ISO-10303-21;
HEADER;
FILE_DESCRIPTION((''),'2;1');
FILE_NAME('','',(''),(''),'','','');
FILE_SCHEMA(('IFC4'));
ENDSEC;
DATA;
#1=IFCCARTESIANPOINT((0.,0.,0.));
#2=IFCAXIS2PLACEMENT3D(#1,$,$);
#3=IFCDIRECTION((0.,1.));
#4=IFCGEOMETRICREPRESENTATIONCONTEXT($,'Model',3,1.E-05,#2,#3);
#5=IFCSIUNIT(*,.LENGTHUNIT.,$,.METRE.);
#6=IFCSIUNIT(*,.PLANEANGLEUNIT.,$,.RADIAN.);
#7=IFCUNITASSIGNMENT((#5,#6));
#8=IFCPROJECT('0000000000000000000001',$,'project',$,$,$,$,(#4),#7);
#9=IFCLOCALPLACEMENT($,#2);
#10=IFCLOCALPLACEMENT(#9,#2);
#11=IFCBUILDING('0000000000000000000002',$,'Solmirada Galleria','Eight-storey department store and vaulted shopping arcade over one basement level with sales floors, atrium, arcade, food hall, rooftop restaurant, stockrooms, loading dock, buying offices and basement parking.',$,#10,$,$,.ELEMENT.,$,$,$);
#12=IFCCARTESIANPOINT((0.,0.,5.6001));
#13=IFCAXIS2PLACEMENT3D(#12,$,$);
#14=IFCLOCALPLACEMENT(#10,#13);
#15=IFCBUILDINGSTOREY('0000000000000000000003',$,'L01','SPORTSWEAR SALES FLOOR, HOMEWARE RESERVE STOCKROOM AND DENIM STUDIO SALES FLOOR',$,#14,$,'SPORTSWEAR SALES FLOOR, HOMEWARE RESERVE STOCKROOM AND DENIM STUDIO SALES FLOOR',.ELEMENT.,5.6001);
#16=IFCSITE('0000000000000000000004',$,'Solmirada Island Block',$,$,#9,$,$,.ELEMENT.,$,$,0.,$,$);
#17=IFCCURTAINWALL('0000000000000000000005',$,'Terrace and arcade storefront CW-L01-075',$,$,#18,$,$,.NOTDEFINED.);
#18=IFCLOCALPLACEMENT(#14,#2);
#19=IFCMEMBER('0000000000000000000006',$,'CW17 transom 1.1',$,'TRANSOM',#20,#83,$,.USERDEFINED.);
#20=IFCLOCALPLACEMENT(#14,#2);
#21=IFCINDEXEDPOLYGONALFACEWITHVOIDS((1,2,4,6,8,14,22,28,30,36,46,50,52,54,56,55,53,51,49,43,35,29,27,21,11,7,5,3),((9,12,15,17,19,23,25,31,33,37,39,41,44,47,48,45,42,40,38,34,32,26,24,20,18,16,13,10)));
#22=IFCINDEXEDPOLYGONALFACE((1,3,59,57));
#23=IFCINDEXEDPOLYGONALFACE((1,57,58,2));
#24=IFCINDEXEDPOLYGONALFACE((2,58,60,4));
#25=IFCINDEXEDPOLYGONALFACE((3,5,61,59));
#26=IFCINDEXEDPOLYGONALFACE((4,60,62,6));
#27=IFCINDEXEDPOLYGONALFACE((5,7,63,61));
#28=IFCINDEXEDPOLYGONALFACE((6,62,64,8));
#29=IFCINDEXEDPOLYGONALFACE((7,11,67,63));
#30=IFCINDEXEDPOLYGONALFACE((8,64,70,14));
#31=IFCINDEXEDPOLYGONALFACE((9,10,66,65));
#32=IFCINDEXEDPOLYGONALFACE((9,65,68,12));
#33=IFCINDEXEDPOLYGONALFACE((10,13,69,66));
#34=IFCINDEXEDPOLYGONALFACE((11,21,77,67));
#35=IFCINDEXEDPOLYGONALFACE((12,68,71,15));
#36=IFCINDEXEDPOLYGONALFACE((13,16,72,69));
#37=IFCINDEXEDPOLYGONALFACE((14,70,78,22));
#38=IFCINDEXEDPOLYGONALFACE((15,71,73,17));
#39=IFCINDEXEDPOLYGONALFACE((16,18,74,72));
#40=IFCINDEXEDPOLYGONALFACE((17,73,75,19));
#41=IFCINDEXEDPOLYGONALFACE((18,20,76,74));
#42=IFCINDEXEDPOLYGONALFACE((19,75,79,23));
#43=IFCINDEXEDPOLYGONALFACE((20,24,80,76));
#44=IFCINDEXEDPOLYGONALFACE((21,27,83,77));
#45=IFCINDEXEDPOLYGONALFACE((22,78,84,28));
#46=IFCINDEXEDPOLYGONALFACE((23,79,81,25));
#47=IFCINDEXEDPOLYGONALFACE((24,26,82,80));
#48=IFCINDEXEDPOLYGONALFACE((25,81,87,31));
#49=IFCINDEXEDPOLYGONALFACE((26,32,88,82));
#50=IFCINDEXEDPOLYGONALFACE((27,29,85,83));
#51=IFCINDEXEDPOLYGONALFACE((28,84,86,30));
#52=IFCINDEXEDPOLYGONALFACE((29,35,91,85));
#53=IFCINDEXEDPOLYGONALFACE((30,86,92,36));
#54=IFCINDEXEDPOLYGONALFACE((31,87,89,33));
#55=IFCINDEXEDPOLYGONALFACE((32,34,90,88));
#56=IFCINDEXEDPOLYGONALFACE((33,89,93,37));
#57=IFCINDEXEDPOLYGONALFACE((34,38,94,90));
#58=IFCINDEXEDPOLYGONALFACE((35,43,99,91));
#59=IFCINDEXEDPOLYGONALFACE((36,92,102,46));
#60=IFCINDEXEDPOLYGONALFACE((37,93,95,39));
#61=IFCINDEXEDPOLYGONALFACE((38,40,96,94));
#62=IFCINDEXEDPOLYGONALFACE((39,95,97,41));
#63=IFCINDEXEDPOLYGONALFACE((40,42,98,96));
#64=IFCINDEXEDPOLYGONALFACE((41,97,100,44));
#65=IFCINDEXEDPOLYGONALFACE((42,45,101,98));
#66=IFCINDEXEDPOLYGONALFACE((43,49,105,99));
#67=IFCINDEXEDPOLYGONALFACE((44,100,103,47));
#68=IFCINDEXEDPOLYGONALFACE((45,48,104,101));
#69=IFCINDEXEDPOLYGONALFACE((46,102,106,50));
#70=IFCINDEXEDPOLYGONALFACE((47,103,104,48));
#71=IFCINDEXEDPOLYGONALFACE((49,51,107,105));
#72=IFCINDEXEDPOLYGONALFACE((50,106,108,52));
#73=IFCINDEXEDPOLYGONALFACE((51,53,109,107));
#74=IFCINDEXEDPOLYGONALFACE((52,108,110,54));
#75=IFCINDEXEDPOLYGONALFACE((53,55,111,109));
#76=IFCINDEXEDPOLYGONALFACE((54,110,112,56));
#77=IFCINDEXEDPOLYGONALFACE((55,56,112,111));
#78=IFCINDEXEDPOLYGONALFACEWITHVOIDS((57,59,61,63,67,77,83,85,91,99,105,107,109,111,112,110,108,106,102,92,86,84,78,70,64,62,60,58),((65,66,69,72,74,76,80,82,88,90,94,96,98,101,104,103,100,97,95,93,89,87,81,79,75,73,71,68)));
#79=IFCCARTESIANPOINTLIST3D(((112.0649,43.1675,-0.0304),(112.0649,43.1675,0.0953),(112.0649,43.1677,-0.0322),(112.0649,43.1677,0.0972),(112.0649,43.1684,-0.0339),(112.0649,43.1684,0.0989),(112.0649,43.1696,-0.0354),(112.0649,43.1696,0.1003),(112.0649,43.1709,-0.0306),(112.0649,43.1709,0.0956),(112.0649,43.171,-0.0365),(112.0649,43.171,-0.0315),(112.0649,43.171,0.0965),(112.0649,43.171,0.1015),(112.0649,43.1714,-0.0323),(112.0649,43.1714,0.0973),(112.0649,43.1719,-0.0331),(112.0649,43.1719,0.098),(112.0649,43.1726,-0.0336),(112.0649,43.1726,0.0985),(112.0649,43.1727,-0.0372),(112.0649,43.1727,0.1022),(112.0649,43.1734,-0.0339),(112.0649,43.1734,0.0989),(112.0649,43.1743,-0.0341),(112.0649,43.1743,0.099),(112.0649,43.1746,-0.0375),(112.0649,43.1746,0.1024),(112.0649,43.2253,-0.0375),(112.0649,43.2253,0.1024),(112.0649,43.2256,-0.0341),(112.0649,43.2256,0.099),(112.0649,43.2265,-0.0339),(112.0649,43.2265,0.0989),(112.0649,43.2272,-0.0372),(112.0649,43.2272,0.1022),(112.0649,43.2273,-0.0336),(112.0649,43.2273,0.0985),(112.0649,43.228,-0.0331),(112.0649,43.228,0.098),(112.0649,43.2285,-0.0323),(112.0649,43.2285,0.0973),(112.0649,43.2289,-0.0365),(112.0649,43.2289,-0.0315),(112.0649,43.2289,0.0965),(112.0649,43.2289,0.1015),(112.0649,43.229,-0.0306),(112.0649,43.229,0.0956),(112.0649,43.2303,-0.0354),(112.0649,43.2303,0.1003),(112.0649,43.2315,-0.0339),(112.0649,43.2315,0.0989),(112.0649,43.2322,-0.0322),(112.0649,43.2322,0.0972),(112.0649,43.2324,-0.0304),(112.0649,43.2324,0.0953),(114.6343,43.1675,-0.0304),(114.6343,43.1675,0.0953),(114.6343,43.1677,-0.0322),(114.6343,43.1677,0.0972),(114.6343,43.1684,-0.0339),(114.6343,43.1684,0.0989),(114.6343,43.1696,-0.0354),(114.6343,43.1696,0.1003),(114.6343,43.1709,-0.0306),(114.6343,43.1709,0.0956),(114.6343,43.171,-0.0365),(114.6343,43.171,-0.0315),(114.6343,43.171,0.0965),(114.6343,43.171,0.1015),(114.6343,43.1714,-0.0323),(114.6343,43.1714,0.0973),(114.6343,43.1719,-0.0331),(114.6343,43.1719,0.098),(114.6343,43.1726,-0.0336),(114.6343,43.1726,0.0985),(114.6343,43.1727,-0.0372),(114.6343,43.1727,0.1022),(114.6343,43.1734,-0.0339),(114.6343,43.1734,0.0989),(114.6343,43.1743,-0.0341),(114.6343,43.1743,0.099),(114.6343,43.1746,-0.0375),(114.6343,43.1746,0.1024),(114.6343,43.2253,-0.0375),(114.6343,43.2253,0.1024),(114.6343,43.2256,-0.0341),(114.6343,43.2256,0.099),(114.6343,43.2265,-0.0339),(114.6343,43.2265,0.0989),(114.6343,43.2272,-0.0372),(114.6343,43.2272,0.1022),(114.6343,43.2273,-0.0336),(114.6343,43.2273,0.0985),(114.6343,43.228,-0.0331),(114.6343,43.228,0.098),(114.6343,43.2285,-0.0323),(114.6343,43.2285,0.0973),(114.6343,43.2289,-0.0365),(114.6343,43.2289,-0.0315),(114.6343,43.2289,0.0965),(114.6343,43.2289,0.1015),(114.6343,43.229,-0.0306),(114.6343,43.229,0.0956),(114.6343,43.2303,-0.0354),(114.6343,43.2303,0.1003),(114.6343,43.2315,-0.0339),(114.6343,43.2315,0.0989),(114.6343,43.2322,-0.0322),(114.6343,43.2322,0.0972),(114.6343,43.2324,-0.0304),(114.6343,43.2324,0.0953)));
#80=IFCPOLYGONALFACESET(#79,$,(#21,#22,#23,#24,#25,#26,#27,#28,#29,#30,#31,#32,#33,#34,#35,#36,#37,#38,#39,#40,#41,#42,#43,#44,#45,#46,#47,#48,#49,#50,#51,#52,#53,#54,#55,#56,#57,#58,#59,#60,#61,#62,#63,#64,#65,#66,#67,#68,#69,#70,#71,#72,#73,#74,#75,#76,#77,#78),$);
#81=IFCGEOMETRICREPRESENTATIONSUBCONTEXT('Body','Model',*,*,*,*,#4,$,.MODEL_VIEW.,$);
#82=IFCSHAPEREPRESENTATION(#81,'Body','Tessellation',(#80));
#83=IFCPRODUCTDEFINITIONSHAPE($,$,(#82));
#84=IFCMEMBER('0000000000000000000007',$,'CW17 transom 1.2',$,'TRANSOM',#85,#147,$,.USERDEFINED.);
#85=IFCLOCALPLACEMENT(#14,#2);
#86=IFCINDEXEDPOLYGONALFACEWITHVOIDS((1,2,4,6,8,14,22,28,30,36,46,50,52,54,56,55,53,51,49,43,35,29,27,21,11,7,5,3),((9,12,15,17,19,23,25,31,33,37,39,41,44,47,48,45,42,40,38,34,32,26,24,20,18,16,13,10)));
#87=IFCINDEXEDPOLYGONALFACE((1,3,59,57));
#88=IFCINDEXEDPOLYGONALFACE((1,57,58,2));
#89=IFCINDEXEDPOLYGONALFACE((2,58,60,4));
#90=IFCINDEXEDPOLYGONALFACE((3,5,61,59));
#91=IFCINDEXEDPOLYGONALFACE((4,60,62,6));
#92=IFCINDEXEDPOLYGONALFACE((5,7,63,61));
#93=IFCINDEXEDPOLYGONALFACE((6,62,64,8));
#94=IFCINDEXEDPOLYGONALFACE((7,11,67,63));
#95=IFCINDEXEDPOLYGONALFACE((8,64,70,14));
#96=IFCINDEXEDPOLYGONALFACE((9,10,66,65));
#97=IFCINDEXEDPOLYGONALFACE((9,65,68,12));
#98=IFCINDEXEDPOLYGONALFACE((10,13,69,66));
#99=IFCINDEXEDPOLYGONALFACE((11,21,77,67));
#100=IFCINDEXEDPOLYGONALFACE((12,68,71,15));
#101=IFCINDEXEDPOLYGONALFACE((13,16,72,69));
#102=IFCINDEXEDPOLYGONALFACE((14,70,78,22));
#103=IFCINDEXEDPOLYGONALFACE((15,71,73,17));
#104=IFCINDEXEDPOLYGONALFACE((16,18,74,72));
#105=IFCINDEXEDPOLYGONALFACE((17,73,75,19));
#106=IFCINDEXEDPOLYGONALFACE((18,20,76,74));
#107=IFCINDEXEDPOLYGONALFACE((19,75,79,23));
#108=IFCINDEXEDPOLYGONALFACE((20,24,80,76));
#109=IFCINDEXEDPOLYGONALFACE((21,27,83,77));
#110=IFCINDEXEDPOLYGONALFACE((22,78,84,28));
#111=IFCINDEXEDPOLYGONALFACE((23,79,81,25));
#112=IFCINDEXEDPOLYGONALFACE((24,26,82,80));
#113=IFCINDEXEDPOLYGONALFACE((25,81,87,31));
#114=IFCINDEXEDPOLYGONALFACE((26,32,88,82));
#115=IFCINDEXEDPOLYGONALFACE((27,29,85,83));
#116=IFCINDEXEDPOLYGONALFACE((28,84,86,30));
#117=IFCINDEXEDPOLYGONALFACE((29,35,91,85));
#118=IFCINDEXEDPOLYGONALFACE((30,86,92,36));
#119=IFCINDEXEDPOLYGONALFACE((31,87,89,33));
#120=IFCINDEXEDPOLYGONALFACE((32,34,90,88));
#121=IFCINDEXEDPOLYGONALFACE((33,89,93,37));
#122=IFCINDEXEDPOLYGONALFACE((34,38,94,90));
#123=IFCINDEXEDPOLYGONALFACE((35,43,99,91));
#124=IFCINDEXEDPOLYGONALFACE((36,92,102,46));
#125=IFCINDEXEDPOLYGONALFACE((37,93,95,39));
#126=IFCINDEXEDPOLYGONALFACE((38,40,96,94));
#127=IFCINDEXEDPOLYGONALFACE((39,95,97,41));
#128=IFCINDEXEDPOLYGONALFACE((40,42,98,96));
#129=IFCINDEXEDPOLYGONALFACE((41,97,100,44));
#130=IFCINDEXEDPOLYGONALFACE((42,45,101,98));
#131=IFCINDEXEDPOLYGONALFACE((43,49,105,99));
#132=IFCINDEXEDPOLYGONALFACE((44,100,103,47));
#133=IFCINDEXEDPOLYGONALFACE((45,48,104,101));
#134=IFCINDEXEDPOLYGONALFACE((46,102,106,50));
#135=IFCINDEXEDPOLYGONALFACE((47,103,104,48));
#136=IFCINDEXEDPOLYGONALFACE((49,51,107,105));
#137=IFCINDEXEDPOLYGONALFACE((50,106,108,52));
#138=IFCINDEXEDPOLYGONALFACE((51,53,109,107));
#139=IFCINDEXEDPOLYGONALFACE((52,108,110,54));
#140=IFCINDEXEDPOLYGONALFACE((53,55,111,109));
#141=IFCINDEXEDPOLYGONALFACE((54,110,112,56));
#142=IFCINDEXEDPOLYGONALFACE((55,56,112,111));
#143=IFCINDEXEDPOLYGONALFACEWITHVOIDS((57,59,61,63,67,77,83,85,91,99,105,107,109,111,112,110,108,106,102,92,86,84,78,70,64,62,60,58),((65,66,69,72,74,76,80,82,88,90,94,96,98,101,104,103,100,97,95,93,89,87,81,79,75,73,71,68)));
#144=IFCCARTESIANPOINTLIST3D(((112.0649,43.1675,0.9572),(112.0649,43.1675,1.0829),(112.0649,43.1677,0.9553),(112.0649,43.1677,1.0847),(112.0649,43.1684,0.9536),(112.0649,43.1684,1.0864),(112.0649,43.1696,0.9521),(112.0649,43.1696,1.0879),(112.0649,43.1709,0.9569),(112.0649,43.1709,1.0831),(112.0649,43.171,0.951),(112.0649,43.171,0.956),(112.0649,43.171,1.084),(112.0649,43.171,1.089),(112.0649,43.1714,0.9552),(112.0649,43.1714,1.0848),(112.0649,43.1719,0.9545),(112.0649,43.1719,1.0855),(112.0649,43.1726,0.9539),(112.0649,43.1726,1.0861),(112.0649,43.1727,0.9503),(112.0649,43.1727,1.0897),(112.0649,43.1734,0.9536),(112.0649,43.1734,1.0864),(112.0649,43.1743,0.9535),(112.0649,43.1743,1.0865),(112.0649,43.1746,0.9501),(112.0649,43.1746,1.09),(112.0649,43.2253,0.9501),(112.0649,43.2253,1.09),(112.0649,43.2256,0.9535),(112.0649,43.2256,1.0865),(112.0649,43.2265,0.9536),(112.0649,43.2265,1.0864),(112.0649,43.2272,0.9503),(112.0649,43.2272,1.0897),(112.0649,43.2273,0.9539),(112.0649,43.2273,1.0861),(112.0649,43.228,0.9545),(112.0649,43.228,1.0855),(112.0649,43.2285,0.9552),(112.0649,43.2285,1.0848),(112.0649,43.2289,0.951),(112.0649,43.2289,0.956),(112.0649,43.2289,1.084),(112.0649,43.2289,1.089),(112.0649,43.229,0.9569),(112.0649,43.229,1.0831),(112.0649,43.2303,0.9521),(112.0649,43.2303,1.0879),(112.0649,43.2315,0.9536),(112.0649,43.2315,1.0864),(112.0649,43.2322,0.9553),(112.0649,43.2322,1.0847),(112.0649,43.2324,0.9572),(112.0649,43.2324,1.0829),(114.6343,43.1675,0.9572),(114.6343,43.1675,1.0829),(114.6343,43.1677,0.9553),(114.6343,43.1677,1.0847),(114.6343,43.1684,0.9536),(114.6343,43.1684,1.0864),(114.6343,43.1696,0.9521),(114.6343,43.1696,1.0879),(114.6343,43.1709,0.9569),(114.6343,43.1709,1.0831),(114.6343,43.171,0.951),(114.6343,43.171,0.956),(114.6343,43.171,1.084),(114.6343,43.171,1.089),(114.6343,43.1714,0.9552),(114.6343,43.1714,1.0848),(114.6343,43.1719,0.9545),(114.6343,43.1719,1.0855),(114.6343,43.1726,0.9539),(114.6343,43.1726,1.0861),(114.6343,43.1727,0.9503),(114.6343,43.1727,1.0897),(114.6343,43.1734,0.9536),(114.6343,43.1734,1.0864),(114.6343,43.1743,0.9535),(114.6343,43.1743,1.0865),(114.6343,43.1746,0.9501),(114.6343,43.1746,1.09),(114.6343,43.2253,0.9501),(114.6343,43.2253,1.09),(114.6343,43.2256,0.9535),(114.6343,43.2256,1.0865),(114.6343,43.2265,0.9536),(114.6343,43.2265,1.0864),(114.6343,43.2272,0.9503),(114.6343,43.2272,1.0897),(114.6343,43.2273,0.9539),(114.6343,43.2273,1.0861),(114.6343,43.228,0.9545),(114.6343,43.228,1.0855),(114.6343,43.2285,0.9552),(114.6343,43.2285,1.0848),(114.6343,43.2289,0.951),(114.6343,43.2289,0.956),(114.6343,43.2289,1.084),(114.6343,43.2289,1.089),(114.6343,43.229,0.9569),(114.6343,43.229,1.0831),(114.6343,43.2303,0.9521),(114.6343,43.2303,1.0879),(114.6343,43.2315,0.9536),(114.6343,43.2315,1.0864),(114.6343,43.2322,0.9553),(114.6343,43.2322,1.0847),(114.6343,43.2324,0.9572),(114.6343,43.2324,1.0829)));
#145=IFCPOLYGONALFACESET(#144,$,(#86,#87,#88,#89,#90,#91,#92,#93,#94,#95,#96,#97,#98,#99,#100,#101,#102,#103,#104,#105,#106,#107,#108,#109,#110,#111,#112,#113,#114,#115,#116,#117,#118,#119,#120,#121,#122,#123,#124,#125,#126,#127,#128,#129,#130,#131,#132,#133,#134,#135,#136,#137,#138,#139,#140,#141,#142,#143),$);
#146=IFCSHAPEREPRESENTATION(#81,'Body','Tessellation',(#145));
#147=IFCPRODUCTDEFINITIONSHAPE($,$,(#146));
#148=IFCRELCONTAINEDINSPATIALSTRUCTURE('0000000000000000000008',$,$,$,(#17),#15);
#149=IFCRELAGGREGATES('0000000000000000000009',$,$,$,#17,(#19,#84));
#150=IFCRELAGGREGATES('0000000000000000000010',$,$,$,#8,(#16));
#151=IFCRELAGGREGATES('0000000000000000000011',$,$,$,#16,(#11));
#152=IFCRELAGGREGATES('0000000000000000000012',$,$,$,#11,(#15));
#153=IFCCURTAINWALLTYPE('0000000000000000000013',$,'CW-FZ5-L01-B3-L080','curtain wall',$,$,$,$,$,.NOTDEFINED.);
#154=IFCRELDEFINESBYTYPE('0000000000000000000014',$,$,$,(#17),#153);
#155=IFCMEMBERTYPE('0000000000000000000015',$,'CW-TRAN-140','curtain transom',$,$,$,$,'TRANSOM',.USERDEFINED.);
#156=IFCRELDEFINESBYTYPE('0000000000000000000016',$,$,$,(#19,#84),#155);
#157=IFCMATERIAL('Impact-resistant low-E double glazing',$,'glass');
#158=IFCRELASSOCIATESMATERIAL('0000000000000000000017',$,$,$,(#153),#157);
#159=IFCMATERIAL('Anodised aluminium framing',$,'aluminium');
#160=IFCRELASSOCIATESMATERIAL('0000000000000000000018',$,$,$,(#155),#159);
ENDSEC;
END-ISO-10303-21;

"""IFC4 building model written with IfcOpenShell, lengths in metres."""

from ifc_helpers import new_model, si_unit, direction, frame, origin, origin_2d, place, context, subcontext, project, spatial, hollow_rectangle, extrude, material, material_profile, profile_set, type_object, element, aggregate, save


model = new_model("IFC4")

# Units and contexts
model_context = context("Model", 3, precision=1e-05, world=origin(), true_north=direction((0.0, 1.0)))
body_context = subcontext(model_context, "Body", "Model", "MODEL_VIEW")
ifc_project = project(units=[si_unit("LENGTHUNIT", "METRE"), si_unit("PLANEANGLEUNIT", "RADIAN")], contexts=[model_context])

# Site, building, storey
site_placement = place(None, origin())
site = spatial("IfcSite", under=ifc_project, at=site_placement, Name="Solmirada Island Block", CompositionType="ELEMENT", RefElevation=0.0)
building_placement = place(site_placement, origin())
building = spatial("IfcBuilding", under=site, at=building_placement, Name="Solmirada Galleria", Description="Eight-storey department store and vaulted shopping arcade over one basement level with sales floors, atrium, arcade, food hall, rooftop restaurant, stockrooms, loading dock, buying offices and basement parking.", CompositionType="ELEMENT")
storey_placement = place(building_placement, frame((0.0, 0.0, 5.6001)))
storey = spatial("IfcBuildingStorey", under=building, at=storey_placement, Name="L01", Description="SPORTSWEAR SALES FLOOR, HOMEWARE RESERVE STOCKROOM AND DENIM STUDIO SALES FLOOR", LongName="SPORTSWEAR SALES FLOOR, HOMEWARE RESERVE STOCKROOM AND DENIM STUDIO SALES FLOOR", CompositionType="ELEMENT", Elevation=5.6001)

# Curtain wall, members
ifc_material_1 = material(Name="Impact-resistant low-E double glazing", Category="glass")
curtain_wall_type = type_object("IfcCurtainWallType", Name="CW-FZ5-L01-B3-L080", Description="curtain wall", PredefinedType="NOTDEFINED", material=ifc_material_1)
curtain_wall_placement = place(storey_placement, origin())
curtain_wall = element("IfcCurtainWall", 1, at=curtain_wall_placement, inside=storey, type_object=curtain_wall_type, Name="Terrace and arcade storefront CW-L01-075", PredefinedType="NOTDEFINED")
ifc_material_2 = material(Name="Anodised aluminium framing", Category="aluminium")
ifc_material_profile_1 = material_profile(ifc_material_2, hollow_rectangle(XDim=0.0649, YDim=0.1399, WallThickness=0.0034, InnerFilletRadius=0.0034, OuterFilletRadius=0.0071, at=origin_2d()), Name="ALU-TRAN-140X65")
ifc_profile_set_1 = profile_set([ifc_material_profile_1], Name="Anodised aluminium framing")
member_type_1 = type_object("IfcMemberType", Name="CW-TRAN-140", Description="curtain transom", ElementType="TRANSOM", PredefinedType="USERDEFINED", material=ifc_profile_set_1)
member_1_placement = place(storey_placement, frame((112.0649, 43.2, 0.0325), z_axis=(1.0, 0.0, 0.0), x_axis=(0.0, 1.0, 0.0)))
member_1 = element("IfcMember", 2, at=member_1_placement, type_object=member_type_1, Name="CW17 transom 1.1", ObjectType="TRANSOM", PredefinedType="USERDEFINED", context=body_context, shape_type="SweptSolid", body=[
    extrude(hollow_rectangle(XDim=0.0649, YDim=0.1399, WallThickness=0.0034, InnerFilletRadius=0.0034, OuterFilletRadius=0.0071, at=origin_2d()), origin(), (0.0, 0.0, 1.0), 2.5693),
])
member_2_placement = place(storey_placement, frame((112.0649, 43.2, 1.02), z_axis=(1.0, 0.0, 0.0), x_axis=(0.0, 1.0, 0.0)))
member_2 = element("IfcMember", 3, at=member_2_placement, type_object=member_type_1, Name="CW17 transom 1.2", ObjectType="TRANSOM", PredefinedType="USERDEFINED", context=body_context, shape_type="SweptSolid", body=[
    extrude(hollow_rectangle(XDim=0.0649, YDim=0.1399, WallThickness=0.0034, InnerFilletRadius=0.0034, OuterFilletRadius=0.0071, at=origin_2d()), origin(), (0.0, 0.0, 1.0), 2.5693),
])
aggregate(curtain_wall, [member_1, member_2])

save(model, "model.ifc")
